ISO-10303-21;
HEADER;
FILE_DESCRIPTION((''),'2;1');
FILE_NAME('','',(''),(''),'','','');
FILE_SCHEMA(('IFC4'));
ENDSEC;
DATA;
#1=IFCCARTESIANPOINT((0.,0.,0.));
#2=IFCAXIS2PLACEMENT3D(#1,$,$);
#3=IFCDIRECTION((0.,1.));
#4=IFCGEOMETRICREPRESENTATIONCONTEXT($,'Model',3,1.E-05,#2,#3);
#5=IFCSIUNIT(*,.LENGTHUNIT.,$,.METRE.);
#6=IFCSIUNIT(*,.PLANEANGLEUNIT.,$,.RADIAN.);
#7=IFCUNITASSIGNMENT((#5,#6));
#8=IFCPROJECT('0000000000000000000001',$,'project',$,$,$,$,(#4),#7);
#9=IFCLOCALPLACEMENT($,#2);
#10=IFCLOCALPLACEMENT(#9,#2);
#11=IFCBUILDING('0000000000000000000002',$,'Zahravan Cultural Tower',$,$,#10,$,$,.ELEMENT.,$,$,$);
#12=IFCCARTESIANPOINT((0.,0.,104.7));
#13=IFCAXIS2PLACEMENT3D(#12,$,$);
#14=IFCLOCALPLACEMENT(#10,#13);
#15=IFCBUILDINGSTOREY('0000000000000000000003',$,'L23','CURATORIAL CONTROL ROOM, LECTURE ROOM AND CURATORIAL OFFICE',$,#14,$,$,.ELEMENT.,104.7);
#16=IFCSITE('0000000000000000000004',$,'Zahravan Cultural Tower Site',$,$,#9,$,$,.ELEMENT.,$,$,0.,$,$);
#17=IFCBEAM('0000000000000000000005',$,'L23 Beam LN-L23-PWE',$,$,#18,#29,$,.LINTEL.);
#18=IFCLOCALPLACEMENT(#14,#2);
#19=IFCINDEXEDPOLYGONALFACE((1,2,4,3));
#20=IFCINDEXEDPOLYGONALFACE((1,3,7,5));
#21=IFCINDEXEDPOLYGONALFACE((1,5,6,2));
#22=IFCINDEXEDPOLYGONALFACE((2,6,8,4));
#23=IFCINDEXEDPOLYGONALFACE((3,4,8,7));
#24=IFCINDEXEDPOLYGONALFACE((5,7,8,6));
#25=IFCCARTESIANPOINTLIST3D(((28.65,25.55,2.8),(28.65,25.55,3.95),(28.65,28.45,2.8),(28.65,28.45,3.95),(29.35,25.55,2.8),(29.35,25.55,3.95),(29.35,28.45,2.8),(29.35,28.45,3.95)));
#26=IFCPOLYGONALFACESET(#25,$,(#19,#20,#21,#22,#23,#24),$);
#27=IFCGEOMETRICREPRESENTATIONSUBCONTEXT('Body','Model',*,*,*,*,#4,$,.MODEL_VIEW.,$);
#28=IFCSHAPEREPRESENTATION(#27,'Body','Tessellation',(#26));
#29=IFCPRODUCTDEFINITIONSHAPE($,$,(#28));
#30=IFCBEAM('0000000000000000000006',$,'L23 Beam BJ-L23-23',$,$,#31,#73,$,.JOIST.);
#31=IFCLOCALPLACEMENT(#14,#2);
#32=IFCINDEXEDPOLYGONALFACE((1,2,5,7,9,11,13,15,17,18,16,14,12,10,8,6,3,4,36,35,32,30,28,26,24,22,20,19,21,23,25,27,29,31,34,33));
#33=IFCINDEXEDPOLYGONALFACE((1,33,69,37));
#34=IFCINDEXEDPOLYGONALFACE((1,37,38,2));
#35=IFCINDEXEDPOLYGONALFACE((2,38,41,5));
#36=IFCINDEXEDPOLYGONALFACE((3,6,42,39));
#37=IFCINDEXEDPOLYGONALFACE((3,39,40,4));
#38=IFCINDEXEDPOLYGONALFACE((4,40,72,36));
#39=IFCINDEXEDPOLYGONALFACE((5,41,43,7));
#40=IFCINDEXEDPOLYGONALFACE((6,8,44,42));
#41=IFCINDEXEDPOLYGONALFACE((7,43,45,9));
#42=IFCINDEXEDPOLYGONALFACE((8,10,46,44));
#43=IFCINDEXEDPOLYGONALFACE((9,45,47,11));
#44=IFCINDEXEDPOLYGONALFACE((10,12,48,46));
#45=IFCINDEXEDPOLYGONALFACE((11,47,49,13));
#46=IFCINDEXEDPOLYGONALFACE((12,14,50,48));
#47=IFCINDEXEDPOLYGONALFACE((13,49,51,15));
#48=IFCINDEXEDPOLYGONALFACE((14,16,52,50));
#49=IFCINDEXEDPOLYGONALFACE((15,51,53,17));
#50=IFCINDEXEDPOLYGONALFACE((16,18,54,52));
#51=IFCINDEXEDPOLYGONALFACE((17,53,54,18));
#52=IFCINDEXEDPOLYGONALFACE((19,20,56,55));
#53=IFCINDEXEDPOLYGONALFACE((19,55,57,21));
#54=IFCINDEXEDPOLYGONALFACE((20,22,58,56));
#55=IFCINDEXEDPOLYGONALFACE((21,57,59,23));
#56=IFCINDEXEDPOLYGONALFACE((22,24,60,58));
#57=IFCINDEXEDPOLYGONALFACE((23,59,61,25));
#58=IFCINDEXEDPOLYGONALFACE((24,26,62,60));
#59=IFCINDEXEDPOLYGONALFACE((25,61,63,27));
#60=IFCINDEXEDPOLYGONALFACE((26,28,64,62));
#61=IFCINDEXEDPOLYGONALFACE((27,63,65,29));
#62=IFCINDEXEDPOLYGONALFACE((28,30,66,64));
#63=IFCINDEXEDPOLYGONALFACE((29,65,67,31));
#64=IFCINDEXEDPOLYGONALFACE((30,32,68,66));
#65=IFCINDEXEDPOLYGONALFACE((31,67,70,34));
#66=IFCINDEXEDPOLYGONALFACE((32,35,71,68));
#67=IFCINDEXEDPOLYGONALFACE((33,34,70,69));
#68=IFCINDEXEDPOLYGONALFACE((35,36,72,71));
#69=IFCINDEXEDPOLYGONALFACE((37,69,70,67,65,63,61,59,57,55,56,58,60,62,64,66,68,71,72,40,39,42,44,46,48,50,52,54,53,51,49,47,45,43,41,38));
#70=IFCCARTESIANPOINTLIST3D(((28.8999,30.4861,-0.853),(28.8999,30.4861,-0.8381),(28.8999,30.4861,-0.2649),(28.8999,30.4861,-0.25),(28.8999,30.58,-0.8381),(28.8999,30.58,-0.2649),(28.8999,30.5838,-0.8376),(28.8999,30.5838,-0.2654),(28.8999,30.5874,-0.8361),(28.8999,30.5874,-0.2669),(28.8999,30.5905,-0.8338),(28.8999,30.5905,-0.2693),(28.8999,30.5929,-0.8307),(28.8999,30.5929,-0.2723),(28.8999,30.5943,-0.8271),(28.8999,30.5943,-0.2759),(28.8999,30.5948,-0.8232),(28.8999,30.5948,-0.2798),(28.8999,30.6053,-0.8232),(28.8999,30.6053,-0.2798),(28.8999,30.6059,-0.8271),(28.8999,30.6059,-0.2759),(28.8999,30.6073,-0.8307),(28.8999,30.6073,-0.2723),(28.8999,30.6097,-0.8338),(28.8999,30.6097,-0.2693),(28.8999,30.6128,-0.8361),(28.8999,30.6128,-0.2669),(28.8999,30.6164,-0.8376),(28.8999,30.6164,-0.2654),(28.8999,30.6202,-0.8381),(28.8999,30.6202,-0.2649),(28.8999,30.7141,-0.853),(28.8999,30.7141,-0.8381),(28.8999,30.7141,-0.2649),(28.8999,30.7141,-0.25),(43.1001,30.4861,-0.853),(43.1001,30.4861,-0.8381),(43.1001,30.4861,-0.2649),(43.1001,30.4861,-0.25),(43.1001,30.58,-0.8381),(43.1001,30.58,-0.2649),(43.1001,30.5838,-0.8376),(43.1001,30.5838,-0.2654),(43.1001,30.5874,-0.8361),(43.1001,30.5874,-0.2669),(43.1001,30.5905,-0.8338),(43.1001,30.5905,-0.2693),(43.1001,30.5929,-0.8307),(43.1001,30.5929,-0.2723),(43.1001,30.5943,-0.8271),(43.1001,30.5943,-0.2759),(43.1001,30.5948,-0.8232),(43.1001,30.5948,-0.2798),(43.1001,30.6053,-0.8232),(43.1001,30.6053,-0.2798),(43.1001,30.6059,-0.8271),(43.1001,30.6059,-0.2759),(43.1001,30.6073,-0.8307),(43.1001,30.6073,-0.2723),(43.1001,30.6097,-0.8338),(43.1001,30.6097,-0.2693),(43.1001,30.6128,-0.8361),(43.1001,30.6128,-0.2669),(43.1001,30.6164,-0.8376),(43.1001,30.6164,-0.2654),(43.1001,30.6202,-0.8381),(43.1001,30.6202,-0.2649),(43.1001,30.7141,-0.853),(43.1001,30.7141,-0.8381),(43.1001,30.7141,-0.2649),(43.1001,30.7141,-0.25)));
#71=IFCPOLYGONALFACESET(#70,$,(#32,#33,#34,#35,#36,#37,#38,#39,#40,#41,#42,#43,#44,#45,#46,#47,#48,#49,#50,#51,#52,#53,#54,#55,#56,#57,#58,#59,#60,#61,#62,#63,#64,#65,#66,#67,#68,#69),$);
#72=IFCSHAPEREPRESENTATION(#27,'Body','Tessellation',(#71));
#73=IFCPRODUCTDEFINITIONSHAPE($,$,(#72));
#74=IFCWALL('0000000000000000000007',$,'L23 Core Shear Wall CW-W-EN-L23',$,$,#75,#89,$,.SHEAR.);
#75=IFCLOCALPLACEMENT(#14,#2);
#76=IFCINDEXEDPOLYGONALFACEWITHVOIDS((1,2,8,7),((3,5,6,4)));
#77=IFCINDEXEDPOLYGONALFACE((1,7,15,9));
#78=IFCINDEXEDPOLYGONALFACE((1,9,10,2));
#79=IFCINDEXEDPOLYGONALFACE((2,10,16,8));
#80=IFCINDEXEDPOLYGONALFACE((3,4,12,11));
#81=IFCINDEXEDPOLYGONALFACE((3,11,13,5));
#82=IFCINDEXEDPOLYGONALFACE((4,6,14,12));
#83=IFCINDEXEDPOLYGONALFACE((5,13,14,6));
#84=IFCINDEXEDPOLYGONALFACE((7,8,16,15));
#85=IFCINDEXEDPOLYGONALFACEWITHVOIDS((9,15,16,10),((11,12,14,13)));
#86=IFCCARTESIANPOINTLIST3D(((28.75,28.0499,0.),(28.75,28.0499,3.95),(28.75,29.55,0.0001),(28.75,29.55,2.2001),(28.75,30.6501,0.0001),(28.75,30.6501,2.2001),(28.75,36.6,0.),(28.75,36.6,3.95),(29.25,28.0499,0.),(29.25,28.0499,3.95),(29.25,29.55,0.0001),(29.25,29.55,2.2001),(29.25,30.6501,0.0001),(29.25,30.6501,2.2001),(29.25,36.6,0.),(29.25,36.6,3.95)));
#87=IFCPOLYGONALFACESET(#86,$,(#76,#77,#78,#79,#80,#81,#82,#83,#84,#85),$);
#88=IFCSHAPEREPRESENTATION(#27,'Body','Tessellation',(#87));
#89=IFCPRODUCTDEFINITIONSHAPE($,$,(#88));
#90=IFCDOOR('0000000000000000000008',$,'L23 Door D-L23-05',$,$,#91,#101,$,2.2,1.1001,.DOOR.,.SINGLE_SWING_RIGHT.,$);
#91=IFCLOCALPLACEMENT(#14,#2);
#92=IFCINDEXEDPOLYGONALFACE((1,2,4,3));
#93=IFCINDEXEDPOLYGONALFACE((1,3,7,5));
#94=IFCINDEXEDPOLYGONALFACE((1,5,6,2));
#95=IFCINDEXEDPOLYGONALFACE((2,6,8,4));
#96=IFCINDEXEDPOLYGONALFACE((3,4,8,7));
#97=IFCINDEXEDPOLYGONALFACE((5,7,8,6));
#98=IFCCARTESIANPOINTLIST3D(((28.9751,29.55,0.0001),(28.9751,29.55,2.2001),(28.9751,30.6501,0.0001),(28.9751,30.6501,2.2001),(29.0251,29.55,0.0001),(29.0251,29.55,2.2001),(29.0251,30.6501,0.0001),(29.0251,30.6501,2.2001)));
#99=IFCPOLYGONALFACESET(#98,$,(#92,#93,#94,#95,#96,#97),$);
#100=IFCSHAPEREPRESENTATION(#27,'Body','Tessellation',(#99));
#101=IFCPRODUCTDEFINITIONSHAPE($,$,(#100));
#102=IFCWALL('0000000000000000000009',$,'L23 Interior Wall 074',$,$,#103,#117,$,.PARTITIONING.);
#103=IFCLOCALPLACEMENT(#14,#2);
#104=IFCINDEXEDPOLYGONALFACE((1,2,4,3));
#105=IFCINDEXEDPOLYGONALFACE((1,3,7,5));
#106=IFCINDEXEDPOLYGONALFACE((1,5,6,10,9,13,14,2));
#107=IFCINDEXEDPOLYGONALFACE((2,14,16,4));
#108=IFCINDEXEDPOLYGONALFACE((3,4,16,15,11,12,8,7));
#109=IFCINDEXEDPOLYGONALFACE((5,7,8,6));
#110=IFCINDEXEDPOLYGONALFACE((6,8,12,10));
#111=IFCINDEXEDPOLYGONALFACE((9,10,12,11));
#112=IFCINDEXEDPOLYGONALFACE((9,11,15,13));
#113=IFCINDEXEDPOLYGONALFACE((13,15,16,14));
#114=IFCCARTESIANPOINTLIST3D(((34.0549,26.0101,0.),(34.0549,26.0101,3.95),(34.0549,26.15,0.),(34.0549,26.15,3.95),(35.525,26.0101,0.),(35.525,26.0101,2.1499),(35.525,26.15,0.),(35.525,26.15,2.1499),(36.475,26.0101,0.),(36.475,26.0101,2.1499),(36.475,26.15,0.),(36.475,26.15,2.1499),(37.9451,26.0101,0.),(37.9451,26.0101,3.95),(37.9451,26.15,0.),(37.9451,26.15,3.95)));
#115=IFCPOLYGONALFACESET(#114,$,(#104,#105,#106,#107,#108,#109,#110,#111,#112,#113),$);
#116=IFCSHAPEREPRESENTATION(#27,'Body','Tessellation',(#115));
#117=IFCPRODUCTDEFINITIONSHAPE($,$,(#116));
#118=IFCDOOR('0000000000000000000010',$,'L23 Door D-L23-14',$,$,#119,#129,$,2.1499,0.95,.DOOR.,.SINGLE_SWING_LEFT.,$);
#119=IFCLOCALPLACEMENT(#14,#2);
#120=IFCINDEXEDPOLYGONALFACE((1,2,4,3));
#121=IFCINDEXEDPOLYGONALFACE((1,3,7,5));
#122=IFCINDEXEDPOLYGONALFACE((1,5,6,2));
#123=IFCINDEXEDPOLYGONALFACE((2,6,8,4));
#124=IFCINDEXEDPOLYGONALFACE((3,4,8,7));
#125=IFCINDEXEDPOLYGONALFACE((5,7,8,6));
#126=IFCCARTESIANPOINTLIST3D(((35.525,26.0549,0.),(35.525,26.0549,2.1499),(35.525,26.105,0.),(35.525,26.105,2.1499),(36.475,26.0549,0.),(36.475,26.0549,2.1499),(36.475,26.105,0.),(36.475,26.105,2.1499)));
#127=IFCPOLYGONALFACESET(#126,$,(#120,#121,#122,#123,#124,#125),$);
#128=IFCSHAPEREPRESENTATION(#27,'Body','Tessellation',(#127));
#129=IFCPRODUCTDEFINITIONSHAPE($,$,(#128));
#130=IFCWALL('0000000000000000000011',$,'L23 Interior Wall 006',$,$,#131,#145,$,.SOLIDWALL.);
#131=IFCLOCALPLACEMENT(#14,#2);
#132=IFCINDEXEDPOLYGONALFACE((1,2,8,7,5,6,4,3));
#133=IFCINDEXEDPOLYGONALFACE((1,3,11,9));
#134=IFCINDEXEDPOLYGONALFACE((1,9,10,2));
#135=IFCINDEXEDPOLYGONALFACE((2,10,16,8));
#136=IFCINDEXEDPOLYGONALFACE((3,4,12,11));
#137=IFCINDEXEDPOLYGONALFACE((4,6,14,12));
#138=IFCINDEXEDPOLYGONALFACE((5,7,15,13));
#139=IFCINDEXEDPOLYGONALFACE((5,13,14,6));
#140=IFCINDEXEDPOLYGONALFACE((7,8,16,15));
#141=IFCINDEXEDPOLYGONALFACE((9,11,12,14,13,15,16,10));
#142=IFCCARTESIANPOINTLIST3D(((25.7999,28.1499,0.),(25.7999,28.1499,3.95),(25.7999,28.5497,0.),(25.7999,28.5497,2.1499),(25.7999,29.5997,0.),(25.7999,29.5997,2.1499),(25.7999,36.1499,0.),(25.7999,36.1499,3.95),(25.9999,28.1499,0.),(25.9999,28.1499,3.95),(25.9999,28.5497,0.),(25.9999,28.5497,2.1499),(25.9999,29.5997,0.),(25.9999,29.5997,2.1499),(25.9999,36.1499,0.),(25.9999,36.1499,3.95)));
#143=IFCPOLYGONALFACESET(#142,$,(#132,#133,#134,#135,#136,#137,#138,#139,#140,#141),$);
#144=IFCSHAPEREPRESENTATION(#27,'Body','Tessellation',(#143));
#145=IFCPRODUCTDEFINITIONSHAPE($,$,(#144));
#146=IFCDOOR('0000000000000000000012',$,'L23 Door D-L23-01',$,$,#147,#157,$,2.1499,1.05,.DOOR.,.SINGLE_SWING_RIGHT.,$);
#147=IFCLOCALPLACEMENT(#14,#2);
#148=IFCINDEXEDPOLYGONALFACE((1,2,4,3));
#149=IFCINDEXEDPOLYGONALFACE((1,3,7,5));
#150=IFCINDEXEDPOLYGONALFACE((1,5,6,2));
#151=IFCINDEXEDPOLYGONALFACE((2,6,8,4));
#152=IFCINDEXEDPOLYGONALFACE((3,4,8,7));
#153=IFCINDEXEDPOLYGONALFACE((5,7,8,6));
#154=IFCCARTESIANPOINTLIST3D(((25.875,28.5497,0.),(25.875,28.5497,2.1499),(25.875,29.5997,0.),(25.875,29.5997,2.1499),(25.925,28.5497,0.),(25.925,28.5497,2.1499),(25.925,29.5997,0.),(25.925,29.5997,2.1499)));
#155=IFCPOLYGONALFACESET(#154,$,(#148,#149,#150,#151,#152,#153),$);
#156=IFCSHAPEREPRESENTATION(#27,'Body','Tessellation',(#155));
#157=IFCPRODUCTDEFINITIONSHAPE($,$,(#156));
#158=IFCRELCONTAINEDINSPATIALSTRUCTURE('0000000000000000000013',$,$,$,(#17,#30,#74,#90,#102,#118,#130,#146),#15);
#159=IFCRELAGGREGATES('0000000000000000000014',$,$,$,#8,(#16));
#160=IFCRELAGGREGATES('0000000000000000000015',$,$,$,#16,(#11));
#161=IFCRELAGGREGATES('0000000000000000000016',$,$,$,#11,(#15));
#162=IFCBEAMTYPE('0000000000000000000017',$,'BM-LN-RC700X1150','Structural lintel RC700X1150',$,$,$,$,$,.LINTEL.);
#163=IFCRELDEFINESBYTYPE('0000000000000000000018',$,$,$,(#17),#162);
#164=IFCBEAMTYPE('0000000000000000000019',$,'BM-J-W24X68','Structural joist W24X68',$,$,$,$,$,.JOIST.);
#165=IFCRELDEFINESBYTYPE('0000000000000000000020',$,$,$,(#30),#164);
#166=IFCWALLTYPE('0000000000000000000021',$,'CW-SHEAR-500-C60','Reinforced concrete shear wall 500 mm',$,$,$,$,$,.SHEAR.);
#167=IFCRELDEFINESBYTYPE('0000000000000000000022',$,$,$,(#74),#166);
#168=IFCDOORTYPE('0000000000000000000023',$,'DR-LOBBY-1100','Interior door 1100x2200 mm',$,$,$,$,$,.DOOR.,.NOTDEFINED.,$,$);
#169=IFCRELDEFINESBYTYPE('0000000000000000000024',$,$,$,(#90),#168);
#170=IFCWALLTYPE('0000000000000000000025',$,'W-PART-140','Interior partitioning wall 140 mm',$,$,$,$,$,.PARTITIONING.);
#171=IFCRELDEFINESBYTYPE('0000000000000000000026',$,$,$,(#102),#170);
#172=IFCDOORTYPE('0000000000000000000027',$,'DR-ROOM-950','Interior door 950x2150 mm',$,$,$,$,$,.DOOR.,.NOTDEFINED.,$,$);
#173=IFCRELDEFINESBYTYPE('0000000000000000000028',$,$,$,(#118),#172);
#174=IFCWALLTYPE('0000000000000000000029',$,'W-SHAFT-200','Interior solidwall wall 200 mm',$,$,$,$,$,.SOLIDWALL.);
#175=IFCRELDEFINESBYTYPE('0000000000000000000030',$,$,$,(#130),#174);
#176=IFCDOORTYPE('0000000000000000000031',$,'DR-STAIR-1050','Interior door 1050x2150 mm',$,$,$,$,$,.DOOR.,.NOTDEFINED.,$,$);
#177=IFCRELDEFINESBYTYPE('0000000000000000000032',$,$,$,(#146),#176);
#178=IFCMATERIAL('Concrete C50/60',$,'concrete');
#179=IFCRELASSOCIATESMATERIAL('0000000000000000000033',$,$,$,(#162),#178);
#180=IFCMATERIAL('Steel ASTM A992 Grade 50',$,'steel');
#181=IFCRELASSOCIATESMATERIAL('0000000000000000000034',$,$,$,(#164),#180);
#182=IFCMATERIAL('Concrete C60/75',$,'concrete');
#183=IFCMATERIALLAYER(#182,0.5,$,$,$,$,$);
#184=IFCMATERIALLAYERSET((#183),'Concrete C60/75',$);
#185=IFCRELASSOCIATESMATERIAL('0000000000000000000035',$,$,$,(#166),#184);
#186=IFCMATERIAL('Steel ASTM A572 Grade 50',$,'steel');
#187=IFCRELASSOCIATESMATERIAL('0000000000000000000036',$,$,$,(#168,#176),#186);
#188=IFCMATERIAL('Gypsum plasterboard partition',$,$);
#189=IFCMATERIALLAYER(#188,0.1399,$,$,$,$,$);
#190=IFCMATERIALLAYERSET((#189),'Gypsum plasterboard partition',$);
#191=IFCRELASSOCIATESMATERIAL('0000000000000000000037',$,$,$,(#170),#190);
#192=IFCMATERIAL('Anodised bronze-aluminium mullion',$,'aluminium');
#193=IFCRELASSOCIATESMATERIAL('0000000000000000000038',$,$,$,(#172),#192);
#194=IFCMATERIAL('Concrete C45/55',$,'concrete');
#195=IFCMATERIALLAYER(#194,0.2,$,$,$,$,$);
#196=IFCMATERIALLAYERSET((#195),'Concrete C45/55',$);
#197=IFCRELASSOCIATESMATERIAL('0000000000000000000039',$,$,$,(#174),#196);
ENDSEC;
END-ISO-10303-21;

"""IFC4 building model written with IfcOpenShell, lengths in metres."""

from ifc_helpers import new_model, si_unit, direction, frame, frame_2d, origin, origin_2d, place, context, subcontext, project, spatial, rectangle, i_section, extrude, source, transform, mapped, material, layer, layer_set, material_profile, profile_set, type_object, element, fill, save


model = new_model("IFC4")

# Units and contexts
model_context = context("Model", 3, precision=1e-05, world=origin(), true_north=direction((0.0, 1.0)))
body_context = subcontext(model_context, "Body", "Model", "MODEL_VIEW")
ifc_project = project(units=[si_unit("LENGTHUNIT", "METRE"), si_unit("PLANEANGLEUNIT", "RADIAN")], contexts=[model_context])

# Site, building, storey
site_placement = place(None, origin())
site = spatial("IfcSite", under=ifc_project, at=site_placement, Name="Zahravan Cultural Tower Site", CompositionType="ELEMENT", RefElevation=0.0)
building_placement = place(site_placement, origin())
building = spatial("IfcBuilding", under=site, at=building_placement, Name="Zahravan Cultural Tower", CompositionType="ELEMENT")
storey_placement = place(building_placement, frame((0.0, 0.0, 104.7)))
storey = spatial("IfcBuildingStorey", under=building, at=storey_placement, Name="L23", Description="CURATORIAL CONTROL ROOM, LECTURE ROOM AND CURATORIAL OFFICE", CompositionType="ELEMENT", Elevation=104.7)

# Beams
ifc_material_1 = material(Name="Concrete C50/60", Category="concrete")
ifc_material_profile_1 = material_profile(ifc_material_1, rectangle(XDim=0.7, YDim=1.1499, at=origin_2d()), Name="RC700X1150")
ifc_profile_set_1 = profile_set([ifc_material_profile_1], Name="Concrete C50/60")
beam_type_1 = type_object("IfcBeamType", Name="BM-LN-RC700X1150", Description="Structural lintel RC700X1150", PredefinedType="LINTEL", material=ifc_profile_set_1)
shared_shape_1 = source(origin(), body_context, "Body", "SweptSolid", [
    extrude(rectangle(XDim=0.7, YDim=1.1499, at=origin_2d()), origin(), (0.0, 0.0, 1.0), 2.8999),
])
beam_1_placement = place(storey_placement, frame((29.0, 25.55, 3.375), z_axis=(0.0, 1.0, 0.0), x_axis=(-1.0, 0.0, 0.0)))
element("IfcBeam", 1, at=beam_1_placement, inside=storey, type_object=beam_type_1, Name="L23 Beam LN-L23-PWE", PredefinedType="LINTEL", context=body_context, shape_type="MappedRepresentation", body=[
    mapped(shared_shape_1, transform((0.0, 0.0, 0.0), x_axis=(1.0, 0.0, 0.0), y_axis=(0.0, 1.0, 0.0), z_axis=(0.0, 0.0, 1.0), scale=1.0)),
])
ifc_material_2 = material(Name="Steel ASTM A992 Grade 50", Category="steel")
ifc_material_profile_2 = material_profile(ifc_material_2, i_section(OverallWidth=0.228, OverallDepth=0.603, WebThickness=0.0105, FlangeThickness=0.0149, FilletRadius=0.0149, at=origin_2d()), Name="W24X68")
ifc_profile_set_2 = profile_set([ifc_material_profile_2], Name="Steel ASTM A992 Grade 50")
beam_type_2 = type_object("IfcBeamType", Name="BM-J-W24X68", Description="Structural joist W24X68", PredefinedType="JOIST", material=ifc_profile_set_2)
shared_shape_2 = source(origin(), body_context, "Body", "SweptSolid", [
    extrude(i_section(OverallWidth=0.228, OverallDepth=0.603, WebThickness=0.0105, FlangeThickness=0.0149, FilletRadius=0.0149, at=origin_2d()), origin(), (0.0, 0.0, 1.0), 14.2002),
])
beam_2_placement = place(storey_placement, frame((28.8999, 30.6001, -0.5515), z_axis=(1.0, 0.0, 0.0), x_axis=(0.0, 1.0, 0.0)))
element("IfcBeam", 2, at=beam_2_placement, inside=storey, type_object=beam_type_2, Name="L23 Beam BJ-L23-23", PredefinedType="JOIST", context=body_context, shape_type="MappedRepresentation", body=[
    mapped(shared_shape_2, transform((0.0, 0.0, 0.0), x_axis=(1.0, 0.0, 0.0), y_axis=(0.0, 1.0, 0.0), z_axis=(0.0, 0.0, 1.0), scale=1.0)),
])

# Walls, openings, doors
ifc_material_3 = material(Name="Concrete C60/75", Category="concrete")
ifc_layer_1 = layer(ifc_material_3, 0.5)
ifc_layer_set_1 = layer_set([ifc_layer_1], Name="Concrete C60/75")
wall_type_1 = type_object("IfcWallType", Name="CW-SHEAR-500-C60", Description="Reinforced concrete shear wall 500 mm", PredefinedType="SHEAR", material=ifc_layer_set_1)
wall_1_placement = place(storey_placement, frame((29.0, 28.05, 0.0), z_axis=(0.0, 0.0, 1.0), x_axis=(0.0, 1.0, 0.0)))
wall_1 = element("IfcWall", 3, at=wall_1_placement, inside=storey, type_object=wall_type_1, Name="L23 Core Shear Wall CW-W-EN-L23", PredefinedType="SHEAR", context=body_context, shape_type="SweptSolid", body=[
    extrude(rectangle(XDim=8.55, YDim=0.5, at=frame_2d((4.2749, 0.0))), origin(), (0.0, 0.0, 1.0), 3.95),
])
opening_1_placement = place(wall_1_placement, frame((1.5, 0.0, 0.0)))
opening_1 = element("IfcOpeningElement", 4, at=opening_1_placement, cuts=wall_1, PredefinedType="OPENING", context=body_context, shape_type="SweptSolid", body=[
    extrude(rectangle(XDim=1.1001, YDim=2.2, at=frame_2d((0.55, 1.1001))), frame((0.0, 0.26, 0.0), z_axis=(0.0, -1.0, 0.0), x_axis=(1.0, 0.0, 0.0)), (0.0, 0.0, 1.0), 0.52),
])
ifc_material_4 = material(Name="Steel ASTM A572 Grade 50", Category="steel")
door_type_1 = type_object("IfcDoorType", Name="DR-LOBBY-1100", Description="Interior door 1100x2200 mm", OperationType="NOTDEFINED", PredefinedType="DOOR", material=ifc_material_4)
shared_shape_3 = source(origin(), body_context, "Body", "SweptSolid", [
    extrude(rectangle(XDim=1.1001, YDim=2.2, at=frame_2d((0.55, 1.1001))), frame((0.0, 0.0249, 0.0), z_axis=(0.0, -1.0, 0.0), x_axis=(1.0, 0.0, 0.0)), (0.0, 0.0, 1.0), 0.05),
])
door_1_placement = place(opening_1_placement, origin())
door_1 = element("IfcDoor", 5, at=door_1_placement, inside=storey, type_object=door_type_1, Name="L23 Door D-L23-05", OperationType="SINGLE_SWING_RIGHT", OverallHeight=2.2, OverallWidth=1.1001, PredefinedType="DOOR", context=body_context, shape_type="MappedRepresentation", body=[
    mapped(shared_shape_3, transform((0.0, 0.0, 0.0), x_axis=(1.0, 0.0, 0.0), y_axis=(0.0, 1.0, 0.0), z_axis=(0.0, 0.0, 1.0), scale=1.0)),
])
fill(opening_1, door_1)
ifc_material_5 = material(Name="Gypsum plasterboard partition")
ifc_layer_2 = layer(ifc_material_5, 0.1399)
ifc_layer_set_2 = layer_set([ifc_layer_2], Name="Gypsum plasterboard partition")
wall_type_2 = type_object("IfcWallType", Name="W-PART-140", Description="Interior partitioning wall 140 mm", PredefinedType="PARTITIONING", material=ifc_layer_set_2)
wall_2_placement = place(storey_placement, frame((34.0549, 26.0801, 0.0), z_axis=(0.0, 0.0, 1.0), x_axis=(1.0, 0.0, 0.0)))
wall_2 = element("IfcWall", 6, at=wall_2_placement, inside=storey, type_object=wall_type_2, Name="L23 Interior Wall 074", PredefinedType="PARTITIONING", context=body_context, shape_type="SweptSolid", body=[
    extrude(rectangle(XDim=3.8901, YDim=0.1399, at=frame_2d((1.9451, 0.0))), origin(), (0.0, 0.0, 1.0), 3.95),
])
opening_2_placement = place(wall_2_placement, frame((1.47, 0.0, 0.0)))
opening_2 = element("IfcOpeningElement", 7, at=opening_2_placement, cuts=wall_2, PredefinedType="OPENING", context=body_context, shape_type="SweptSolid", body=[
    extrude(rectangle(XDim=0.95, YDim=2.1499, at=frame_2d((0.4751, 1.075))), frame((0.0, 0.0798, 0.0), z_axis=(0.0, -1.0, 0.0), x_axis=(1.0, 0.0, 0.0)), (0.0, 0.0, 1.0), 0.1599),
])
ifc_material_6 = material(Name="Anodised bronze-aluminium mullion", Category="aluminium")
door_type_2 = type_object("IfcDoorType", Name="DR-ROOM-950", Description="Interior door 950x2150 mm", OperationType="NOTDEFINED", PredefinedType="DOOR", material=ifc_material_6)
shared_shape_4 = source(origin(), body_context, "Body", "SweptSolid", [
    extrude(rectangle(XDim=0.95, YDim=2.1499, at=frame_2d((0.4751, 1.075))), frame((0.0, 0.0249, 0.0), z_axis=(0.0, -1.0, 0.0), x_axis=(1.0, 0.0, 0.0)), (0.0, 0.0, 1.0), 0.05),
])
door_2_placement = place(opening_2_placement, origin())
door_2 = element("IfcDoor", 8, at=door_2_placement, inside=storey, type_object=door_type_2, Name="L23 Door D-L23-14", OperationType="SINGLE_SWING_LEFT", OverallHeight=2.1499, OverallWidth=0.95, PredefinedType="DOOR", context=body_context, shape_type="MappedRepresentation", body=[
    mapped(shared_shape_4, transform((0.0, 0.0, 0.0), x_axis=(1.0, 0.0, 0.0), y_axis=(0.0, 1.0, 0.0), z_axis=(0.0, 0.0, 1.0), scale=1.0)),
])
fill(opening_2, door_2)
ifc_material_7 = material(Name="Concrete C45/55", Category="concrete")
ifc_layer_3 = layer(ifc_material_7, 0.2)
ifc_layer_set_3 = layer_set([ifc_layer_3], Name="Concrete C45/55")
wall_type_3 = type_object("IfcWallType", Name="W-SHAFT-200", Description="Interior solidwall wall 200 mm", PredefinedType="SOLIDWALL", material=ifc_layer_set_3)
wall_3_placement = place(storey_placement, frame((25.8999, 28.1499, 0.0), z_axis=(0.0, 0.0, 1.0), x_axis=(0.0, 1.0, 0.0)))
wall_3 = element("IfcWall", 9, at=wall_3_placement, inside=storey, type_object=wall_type_3, Name="L23 Interior Wall 006", PredefinedType="SOLIDWALL", context=body_context, shape_type="SweptSolid", body=[
    extrude(rectangle(XDim=8.0, YDim=0.2, at=frame_2d((4.0, 0.0))), origin(), (0.0, 0.0, 1.0), 3.95),
])
opening_3_placement = place(wall_3_placement, frame((0.3999, 0.0, 0.0)))
opening_3 = element("IfcOpeningElement", 10, at=opening_3_placement, cuts=wall_3, PredefinedType="OPENING", context=body_context, shape_type="SweptSolid", body=[
    extrude(rectangle(XDim=1.05, YDim=2.1499, at=frame_2d((0.5249, 1.075))), frame((0.0, 0.1099, 0.0), z_axis=(0.0, -1.0, 0.0), x_axis=(1.0, 0.0, 0.0)), (0.0, 0.0, 1.0), 0.22),
])
door_type_3 = type_object("IfcDoorType", Name="DR-STAIR-1050", Description="Interior door 1050x2150 mm", OperationType="NOTDEFINED", PredefinedType="DOOR", material=ifc_material_4)
shared_shape_5 = source(origin(), body_context, "Body", "SweptSolid", [
    extrude(rectangle(XDim=1.05, YDim=2.1499, at=frame_2d((0.5249, 1.075))), frame((0.0, 0.0249, 0.0), z_axis=(0.0, -1.0, 0.0), x_axis=(1.0, 0.0, 0.0)), (0.0, 0.0, 1.0), 0.05),
])
door_3_placement = place(opening_3_placement, origin())
door_3 = element("IfcDoor", 11, at=door_3_placement, inside=storey, type_object=door_type_3, Name="L23 Door D-L23-01", OperationType="SINGLE_SWING_RIGHT", OverallHeight=2.1499, OverallWidth=1.05, PredefinedType="DOOR", context=body_context, shape_type="MappedRepresentation", body=[
    mapped(shared_shape_5, transform((0.0, 0.0, 0.0), x_axis=(1.0, 0.0, 0.0), y_axis=(0.0, 1.0, 0.0), z_axis=(0.0, 0.0, 1.0), scale=1.0)),
])
fill(opening_3, door_3)

save(model, "model.ifc")
